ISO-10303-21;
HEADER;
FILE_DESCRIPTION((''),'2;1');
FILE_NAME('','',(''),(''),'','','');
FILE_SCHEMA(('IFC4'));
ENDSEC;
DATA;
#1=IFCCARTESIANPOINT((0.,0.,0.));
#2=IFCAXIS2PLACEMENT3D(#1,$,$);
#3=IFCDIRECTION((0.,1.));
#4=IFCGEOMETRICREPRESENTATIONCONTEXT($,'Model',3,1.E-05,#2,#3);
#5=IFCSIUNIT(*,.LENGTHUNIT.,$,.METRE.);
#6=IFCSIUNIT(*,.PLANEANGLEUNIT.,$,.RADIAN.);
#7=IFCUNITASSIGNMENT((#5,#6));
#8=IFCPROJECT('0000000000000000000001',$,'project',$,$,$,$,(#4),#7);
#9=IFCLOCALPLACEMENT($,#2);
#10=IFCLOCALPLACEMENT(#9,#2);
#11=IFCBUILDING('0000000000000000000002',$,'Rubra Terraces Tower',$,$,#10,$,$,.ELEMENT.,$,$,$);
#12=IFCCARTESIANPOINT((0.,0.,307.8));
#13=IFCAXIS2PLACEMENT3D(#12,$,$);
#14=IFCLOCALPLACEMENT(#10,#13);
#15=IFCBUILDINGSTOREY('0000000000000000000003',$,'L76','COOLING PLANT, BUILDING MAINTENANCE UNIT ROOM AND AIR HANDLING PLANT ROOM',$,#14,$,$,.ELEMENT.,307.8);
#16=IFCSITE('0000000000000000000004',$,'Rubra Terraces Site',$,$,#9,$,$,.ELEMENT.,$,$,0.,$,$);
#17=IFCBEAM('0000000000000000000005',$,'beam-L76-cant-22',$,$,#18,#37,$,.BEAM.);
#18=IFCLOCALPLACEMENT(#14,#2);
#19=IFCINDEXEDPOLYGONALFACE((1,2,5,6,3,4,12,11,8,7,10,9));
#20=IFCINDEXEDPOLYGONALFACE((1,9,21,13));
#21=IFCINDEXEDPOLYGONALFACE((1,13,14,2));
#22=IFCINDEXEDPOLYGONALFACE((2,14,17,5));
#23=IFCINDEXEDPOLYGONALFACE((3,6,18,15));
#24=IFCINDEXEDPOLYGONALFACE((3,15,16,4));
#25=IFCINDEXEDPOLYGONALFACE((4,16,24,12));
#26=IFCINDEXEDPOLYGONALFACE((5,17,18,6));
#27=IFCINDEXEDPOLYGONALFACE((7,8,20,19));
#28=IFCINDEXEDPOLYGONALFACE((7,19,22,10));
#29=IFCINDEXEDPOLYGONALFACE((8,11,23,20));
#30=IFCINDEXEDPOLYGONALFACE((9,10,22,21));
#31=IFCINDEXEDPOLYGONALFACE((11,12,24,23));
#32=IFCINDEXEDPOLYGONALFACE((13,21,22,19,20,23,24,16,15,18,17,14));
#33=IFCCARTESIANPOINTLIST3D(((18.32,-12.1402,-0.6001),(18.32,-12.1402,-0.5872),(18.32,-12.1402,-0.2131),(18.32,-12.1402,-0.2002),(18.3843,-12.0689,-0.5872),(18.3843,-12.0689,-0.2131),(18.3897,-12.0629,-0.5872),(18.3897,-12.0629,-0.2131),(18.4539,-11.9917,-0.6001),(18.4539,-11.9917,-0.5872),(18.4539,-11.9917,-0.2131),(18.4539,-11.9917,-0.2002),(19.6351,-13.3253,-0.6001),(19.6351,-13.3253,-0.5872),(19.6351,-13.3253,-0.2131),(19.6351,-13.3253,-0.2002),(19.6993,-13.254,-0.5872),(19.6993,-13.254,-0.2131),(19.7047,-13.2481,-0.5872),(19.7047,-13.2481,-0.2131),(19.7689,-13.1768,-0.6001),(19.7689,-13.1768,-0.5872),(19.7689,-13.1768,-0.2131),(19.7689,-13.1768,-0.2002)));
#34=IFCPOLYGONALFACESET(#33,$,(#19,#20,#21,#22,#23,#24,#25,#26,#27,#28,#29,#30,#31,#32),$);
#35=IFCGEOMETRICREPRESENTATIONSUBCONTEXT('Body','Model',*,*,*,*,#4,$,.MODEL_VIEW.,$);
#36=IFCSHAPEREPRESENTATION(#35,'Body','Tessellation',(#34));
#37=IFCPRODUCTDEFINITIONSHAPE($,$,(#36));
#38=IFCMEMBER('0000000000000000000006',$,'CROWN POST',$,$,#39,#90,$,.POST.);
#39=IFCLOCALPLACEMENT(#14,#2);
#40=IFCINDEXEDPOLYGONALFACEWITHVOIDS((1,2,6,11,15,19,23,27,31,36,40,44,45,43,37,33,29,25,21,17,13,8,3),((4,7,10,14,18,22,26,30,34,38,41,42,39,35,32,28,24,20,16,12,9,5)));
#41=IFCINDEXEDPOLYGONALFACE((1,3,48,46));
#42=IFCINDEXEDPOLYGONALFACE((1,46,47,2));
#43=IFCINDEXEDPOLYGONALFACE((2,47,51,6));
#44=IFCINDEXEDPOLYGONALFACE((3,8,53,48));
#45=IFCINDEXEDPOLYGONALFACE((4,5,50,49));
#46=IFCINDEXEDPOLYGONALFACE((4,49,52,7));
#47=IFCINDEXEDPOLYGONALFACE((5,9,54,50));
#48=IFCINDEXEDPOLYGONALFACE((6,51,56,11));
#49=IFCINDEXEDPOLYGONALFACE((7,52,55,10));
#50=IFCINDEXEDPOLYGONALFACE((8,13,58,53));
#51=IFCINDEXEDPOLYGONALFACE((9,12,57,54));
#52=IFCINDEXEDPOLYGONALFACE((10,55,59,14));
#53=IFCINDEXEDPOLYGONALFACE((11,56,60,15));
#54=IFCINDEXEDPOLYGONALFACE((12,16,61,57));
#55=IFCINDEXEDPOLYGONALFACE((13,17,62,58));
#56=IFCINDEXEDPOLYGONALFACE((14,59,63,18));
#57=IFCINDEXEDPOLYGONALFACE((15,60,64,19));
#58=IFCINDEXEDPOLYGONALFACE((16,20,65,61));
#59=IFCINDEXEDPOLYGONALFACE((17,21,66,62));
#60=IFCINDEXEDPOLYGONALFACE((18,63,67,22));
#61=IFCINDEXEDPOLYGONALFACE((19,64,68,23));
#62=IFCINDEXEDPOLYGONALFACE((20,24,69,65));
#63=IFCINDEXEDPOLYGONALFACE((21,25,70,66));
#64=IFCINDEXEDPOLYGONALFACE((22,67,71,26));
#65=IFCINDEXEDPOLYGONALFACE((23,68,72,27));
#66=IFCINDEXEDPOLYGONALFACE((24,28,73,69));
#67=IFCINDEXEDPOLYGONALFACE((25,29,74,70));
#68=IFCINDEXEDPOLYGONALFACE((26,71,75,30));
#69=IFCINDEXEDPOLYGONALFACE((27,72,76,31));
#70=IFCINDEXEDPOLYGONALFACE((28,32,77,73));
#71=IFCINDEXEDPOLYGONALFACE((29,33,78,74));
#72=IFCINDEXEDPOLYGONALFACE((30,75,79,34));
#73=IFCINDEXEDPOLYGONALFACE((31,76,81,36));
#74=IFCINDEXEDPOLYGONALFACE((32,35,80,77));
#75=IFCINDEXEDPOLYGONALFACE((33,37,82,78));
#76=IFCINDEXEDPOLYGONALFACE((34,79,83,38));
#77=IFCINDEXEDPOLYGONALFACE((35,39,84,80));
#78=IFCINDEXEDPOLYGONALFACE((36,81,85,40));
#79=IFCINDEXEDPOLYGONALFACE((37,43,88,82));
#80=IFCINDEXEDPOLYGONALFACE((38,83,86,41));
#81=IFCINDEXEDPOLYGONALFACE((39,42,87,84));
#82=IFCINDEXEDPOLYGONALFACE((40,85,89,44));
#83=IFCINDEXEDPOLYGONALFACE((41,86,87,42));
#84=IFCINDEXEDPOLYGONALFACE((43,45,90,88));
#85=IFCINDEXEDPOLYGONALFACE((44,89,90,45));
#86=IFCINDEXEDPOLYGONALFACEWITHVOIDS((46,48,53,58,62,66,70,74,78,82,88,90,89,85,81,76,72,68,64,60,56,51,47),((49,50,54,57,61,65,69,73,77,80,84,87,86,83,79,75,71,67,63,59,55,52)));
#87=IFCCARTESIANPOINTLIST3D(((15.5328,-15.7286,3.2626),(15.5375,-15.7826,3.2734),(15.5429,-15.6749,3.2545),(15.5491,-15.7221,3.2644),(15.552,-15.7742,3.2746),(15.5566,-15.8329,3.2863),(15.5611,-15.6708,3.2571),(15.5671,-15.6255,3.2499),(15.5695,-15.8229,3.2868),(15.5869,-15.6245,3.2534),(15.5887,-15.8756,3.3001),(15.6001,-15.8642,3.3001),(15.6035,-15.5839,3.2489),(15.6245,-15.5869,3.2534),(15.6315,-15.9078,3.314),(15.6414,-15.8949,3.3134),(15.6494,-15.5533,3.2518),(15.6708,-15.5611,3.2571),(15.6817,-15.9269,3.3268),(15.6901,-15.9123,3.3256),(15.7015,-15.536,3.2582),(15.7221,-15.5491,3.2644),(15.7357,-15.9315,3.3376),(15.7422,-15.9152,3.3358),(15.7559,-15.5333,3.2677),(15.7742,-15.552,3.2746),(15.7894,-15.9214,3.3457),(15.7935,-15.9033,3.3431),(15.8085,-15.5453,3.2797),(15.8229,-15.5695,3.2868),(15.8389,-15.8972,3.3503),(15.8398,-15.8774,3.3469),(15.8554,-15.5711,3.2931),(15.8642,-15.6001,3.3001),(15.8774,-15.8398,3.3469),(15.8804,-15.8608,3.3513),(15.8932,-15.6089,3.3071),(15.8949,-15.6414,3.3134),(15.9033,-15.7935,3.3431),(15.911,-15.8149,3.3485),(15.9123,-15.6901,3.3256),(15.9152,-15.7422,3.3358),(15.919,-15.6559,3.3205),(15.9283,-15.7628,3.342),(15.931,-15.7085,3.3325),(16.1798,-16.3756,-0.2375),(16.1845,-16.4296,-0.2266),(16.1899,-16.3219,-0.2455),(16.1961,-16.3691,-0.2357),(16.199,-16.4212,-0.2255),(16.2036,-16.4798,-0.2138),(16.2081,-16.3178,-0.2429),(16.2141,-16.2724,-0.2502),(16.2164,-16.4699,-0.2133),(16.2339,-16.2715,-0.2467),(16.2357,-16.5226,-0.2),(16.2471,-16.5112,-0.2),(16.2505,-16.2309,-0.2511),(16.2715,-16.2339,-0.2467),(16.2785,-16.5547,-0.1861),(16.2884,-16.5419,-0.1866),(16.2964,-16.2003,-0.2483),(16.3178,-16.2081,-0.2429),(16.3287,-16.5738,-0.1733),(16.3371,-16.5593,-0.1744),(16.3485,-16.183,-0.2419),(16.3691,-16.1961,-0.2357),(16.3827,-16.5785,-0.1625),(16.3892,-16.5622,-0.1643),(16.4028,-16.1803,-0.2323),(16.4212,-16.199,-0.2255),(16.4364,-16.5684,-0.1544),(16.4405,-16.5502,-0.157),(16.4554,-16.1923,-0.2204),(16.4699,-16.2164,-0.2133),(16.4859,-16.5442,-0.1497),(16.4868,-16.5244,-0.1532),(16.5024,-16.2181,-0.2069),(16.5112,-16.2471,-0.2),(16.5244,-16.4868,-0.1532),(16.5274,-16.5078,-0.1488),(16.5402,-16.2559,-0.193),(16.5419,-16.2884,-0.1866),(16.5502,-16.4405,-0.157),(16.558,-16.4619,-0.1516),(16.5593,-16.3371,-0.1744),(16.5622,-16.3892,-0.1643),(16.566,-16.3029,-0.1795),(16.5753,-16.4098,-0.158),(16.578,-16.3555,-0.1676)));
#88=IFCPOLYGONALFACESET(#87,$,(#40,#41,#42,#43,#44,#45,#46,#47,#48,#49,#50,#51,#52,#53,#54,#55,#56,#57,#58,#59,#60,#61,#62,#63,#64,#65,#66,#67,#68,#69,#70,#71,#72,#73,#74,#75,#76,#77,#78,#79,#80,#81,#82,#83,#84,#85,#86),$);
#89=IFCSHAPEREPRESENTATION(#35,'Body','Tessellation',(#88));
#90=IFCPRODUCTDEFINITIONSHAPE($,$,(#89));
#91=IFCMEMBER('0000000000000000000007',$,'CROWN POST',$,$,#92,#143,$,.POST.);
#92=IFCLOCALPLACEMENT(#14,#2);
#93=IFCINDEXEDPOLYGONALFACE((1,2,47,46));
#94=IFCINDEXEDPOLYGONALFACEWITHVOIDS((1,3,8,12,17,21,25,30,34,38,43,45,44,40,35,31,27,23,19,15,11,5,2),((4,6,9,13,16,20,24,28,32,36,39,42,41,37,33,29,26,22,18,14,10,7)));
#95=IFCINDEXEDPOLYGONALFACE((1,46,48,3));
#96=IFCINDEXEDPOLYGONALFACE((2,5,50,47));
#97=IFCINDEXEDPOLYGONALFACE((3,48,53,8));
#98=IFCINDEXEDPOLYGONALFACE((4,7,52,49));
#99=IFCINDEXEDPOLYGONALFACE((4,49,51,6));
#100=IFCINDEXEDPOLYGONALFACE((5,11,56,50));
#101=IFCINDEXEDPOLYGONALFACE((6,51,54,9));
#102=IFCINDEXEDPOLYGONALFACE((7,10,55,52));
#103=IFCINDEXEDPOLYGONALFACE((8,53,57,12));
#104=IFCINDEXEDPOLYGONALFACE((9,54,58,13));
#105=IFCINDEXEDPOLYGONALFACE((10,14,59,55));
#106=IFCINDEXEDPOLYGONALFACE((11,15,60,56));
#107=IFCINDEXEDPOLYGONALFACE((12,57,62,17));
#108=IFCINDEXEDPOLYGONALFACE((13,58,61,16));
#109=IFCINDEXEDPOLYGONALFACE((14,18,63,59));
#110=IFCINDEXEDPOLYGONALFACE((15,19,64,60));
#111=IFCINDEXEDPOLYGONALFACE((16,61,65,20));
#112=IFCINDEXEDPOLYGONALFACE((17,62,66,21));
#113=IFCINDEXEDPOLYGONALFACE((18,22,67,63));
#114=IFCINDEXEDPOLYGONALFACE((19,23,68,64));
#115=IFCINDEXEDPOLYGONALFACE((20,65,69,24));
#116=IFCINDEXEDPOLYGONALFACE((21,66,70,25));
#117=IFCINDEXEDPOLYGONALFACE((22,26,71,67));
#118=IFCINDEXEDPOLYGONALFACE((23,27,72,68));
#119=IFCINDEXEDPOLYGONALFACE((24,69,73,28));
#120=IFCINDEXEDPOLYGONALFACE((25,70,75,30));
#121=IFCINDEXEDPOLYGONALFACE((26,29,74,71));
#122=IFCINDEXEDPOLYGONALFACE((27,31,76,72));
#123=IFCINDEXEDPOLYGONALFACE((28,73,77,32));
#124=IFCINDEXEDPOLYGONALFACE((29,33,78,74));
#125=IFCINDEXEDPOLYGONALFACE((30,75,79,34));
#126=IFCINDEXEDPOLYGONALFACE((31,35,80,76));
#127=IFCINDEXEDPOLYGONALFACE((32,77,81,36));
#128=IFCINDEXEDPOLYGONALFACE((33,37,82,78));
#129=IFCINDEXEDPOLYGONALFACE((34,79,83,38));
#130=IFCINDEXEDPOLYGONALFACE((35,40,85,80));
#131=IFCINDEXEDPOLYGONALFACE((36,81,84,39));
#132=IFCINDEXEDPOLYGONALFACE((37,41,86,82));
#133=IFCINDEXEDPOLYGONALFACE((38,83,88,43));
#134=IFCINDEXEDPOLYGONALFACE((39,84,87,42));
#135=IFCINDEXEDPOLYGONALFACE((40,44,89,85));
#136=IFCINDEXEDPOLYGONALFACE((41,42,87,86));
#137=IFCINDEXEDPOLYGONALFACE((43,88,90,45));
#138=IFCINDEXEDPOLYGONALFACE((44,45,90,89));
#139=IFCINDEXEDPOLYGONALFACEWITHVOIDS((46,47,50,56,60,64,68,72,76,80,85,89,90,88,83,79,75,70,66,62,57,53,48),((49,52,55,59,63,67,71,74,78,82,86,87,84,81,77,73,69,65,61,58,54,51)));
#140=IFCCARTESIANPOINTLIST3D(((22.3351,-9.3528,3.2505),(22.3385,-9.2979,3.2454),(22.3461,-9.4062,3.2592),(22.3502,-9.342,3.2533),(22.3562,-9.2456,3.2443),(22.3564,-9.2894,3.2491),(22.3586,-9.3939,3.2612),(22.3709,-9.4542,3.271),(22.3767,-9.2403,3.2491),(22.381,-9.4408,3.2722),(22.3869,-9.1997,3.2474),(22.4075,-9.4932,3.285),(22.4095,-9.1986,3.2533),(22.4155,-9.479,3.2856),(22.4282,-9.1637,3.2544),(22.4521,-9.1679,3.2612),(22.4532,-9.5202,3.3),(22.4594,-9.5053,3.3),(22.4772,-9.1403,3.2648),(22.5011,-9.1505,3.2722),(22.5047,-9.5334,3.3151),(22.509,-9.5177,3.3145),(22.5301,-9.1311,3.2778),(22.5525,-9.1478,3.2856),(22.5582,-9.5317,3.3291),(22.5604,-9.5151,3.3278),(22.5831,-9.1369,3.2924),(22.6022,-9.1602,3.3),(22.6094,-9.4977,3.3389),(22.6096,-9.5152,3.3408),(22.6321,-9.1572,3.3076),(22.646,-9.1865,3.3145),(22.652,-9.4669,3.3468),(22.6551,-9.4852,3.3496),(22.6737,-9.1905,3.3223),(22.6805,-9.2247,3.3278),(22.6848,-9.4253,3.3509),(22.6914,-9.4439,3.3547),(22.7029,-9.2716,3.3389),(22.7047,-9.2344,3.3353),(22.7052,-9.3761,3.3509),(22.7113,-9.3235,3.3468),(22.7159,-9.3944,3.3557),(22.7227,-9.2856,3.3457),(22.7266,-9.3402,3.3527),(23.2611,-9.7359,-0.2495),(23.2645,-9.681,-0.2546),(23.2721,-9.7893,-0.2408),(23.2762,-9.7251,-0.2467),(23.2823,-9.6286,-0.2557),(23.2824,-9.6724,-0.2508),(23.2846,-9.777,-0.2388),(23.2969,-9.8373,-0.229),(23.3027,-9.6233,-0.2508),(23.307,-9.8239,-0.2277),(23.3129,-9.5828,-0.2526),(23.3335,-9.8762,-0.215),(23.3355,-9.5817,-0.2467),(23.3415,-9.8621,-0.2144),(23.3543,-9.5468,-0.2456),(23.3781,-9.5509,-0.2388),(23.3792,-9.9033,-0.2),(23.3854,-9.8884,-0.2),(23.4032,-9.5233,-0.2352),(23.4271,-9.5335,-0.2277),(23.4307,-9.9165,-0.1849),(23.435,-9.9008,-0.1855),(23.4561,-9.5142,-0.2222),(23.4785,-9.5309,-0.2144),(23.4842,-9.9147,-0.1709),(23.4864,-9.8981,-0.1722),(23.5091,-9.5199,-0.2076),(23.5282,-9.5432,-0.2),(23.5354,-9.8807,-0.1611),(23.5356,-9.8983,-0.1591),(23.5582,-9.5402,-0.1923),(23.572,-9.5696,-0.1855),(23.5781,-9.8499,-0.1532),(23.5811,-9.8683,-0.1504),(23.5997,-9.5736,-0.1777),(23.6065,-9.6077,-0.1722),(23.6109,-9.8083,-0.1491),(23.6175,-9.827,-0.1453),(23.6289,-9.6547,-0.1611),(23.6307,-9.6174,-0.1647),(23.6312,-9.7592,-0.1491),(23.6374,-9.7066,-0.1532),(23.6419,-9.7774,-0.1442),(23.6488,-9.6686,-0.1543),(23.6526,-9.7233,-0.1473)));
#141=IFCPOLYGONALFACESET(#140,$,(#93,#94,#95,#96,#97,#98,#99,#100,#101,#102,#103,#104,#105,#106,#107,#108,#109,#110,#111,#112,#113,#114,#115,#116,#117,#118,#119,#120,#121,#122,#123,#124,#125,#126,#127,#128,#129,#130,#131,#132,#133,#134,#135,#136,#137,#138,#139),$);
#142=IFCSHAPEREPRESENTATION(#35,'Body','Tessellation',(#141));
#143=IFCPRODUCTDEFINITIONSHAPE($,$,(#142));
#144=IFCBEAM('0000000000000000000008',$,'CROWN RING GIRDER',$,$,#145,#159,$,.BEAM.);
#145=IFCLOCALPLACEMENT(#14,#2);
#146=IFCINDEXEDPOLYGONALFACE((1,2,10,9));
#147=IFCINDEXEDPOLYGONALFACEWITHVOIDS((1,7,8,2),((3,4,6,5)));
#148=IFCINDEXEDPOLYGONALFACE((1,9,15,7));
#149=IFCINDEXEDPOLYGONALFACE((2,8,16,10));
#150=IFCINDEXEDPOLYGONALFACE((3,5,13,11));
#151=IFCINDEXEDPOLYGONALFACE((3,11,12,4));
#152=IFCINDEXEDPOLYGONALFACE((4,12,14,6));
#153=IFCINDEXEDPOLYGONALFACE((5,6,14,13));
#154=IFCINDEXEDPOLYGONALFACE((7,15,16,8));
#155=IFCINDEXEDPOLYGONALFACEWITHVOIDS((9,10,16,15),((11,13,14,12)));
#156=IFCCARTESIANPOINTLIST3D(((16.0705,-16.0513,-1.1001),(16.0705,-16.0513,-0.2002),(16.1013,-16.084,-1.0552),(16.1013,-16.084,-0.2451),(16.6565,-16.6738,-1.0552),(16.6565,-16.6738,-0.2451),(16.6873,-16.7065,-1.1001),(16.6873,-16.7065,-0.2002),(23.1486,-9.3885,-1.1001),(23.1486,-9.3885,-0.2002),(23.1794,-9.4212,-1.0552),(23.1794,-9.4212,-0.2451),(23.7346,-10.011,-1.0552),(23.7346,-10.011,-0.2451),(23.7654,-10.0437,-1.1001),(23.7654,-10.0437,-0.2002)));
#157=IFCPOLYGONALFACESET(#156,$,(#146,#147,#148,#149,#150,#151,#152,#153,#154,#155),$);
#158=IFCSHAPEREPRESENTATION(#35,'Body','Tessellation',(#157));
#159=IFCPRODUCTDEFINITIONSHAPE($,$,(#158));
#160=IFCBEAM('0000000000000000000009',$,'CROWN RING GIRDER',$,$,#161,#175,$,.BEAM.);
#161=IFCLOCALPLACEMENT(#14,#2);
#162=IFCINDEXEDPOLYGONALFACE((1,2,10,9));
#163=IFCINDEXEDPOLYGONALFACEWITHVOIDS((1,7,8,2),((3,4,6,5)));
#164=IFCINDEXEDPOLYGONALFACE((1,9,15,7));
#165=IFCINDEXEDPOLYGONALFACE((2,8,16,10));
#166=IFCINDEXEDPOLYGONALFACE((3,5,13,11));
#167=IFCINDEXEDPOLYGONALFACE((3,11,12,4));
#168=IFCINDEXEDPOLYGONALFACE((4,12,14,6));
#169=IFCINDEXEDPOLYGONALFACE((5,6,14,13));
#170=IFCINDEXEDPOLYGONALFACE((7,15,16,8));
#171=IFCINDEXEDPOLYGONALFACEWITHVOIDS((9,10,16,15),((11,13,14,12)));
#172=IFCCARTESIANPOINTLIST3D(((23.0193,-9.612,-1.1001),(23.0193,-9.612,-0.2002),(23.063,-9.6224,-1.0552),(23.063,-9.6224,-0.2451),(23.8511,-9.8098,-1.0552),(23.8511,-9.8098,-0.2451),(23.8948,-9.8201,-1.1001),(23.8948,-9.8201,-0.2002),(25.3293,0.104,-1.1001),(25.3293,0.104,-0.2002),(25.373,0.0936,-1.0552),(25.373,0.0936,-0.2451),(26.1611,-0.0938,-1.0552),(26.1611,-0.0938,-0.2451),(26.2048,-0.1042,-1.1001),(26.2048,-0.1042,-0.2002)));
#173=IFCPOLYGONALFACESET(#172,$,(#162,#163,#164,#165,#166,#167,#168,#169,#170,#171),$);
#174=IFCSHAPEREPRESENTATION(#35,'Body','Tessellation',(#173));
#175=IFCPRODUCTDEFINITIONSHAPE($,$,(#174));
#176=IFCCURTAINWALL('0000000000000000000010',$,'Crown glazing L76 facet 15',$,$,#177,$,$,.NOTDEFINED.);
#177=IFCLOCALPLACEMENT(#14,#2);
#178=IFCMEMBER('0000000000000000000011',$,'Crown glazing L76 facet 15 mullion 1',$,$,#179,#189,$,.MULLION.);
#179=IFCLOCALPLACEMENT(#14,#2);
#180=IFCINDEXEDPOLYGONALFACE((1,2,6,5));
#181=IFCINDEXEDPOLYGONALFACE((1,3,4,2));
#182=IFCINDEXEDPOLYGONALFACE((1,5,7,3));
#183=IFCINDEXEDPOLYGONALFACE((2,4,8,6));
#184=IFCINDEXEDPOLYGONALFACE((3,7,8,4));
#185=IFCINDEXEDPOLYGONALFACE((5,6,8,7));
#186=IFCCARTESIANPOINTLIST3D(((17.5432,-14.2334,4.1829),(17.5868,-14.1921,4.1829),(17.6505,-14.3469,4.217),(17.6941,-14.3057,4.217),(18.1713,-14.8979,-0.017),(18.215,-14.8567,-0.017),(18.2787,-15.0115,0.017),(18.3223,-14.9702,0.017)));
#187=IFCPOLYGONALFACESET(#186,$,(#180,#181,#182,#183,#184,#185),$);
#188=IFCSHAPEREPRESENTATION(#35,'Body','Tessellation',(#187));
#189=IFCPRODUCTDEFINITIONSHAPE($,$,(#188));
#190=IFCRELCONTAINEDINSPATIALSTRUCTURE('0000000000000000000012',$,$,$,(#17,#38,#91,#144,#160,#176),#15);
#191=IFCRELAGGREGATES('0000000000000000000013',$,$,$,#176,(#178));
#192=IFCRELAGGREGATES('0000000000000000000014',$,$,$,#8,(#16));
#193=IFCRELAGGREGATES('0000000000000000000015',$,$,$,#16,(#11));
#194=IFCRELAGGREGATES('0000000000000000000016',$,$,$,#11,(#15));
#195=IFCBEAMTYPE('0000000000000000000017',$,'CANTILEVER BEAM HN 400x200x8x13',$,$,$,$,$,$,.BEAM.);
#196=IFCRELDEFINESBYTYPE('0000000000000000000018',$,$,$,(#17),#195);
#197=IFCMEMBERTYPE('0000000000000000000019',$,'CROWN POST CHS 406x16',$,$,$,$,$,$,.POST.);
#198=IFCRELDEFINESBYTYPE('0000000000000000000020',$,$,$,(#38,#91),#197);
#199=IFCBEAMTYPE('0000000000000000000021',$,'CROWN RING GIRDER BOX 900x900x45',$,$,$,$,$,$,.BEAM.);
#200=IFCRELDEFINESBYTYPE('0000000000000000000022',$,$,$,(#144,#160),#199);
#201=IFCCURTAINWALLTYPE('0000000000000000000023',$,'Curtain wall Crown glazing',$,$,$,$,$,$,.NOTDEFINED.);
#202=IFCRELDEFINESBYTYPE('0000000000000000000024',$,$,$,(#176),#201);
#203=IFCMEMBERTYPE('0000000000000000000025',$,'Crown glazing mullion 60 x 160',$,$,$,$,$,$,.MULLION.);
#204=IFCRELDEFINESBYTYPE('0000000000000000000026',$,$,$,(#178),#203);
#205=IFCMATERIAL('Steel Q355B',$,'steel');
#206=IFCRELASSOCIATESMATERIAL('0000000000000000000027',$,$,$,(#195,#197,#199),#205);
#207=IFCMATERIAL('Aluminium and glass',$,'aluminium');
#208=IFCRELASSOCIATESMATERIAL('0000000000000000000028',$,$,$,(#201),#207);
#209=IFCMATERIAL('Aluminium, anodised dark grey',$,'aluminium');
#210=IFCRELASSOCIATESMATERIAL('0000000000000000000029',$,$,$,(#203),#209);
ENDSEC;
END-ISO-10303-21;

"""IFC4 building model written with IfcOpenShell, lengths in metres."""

from ifc_helpers import new_model, si_unit, direction, frame, origin, origin_2d, place, context, subcontext, project, spatial, rectangle, hollow_rectangle, hollow_circle, i_section, extrude, material, material_profile, profile_set, type_object, element, aggregate, save


model = new_model("IFC4")

# Units and contexts
model_context = context("Model", 3, precision=1e-05, world=origin(), true_north=direction((0.0, 1.0)))
body_context = subcontext(model_context, "Body", "Model", "MODEL_VIEW")
ifc_project = project(units=[si_unit("LENGTHUNIT", "METRE"), si_unit("PLANEANGLEUNIT", "RADIAN")], contexts=[model_context])

# Site, building, storey
site_placement = place(None, origin())
site = spatial("IfcSite", under=ifc_project, at=site_placement, Name="Rubra Terraces Site", CompositionType="ELEMENT", RefElevation=0.0)
building_placement = place(site_placement, origin())
building = spatial("IfcBuilding", under=site, at=building_placement, Name="Rubra Terraces Tower", CompositionType="ELEMENT")
storey_placement = place(building_placement, frame((0.0, 0.0, 307.8)))
storey = spatial("IfcBuildingStorey", under=building, at=storey_placement, Name="L76", Description="COOLING PLANT, BUILDING MAINTENANCE UNIT ROOM AND AIR HANDLING PLANT ROOM", CompositionType="ELEMENT", Elevation=307.8)

# Beam
ifc_material_1 = material(Name="Steel Q355B", Category="steel")
ifc_material_profile_1 = material_profile(ifc_material_1, i_section(OverallWidth=0.2, OverallDepth=0.3999, WebThickness=0.0081, FlangeThickness=0.0129, at=origin_2d()), Name="HN 400x200x8x13")
ifc_profile_set_1 = profile_set([ifc_material_profile_1], Name="Steel Q355B")
beam_type_1 = type_object("IfcBeamType", Name="CANTILEVER BEAM HN 400x200x8x13", PredefinedType="BEAM", material=ifc_profile_set_1)
beam_1_placement = place(storey_placement, frame((18.387, -12.0659, -0.4001), z_axis=(0.742841, -0.669467, 0.0), x_axis=(0.669467, 0.742841, 0.0)))
element("IfcBeam", 1, at=beam_1_placement, inside=storey, type_object=beam_type_1, Name="beam-L76-cant-22", PredefinedType="BEAM", context=body_context, shape_type="SweptSolid", body=[
    extrude(i_section(OverallWidth=0.2, OverallDepth=0.3999, WebThickness=0.0081, FlangeThickness=0.0129, at=origin_2d()), origin(), (0.0, 0.0, 1.0), 1.7703),
])

# Members
ifc_material_profile_2 = material_profile(ifc_material_1, hollow_circle(Radius=0.2029, WallThickness=0.0161, at=origin_2d()), Name="CHS 406x16")
ifc_profile_set_2 = profile_set([ifc_material_profile_2], Name="Steel Q355B")
member_type_1 = type_object("IfcMemberType", Name="CROWN POST CHS 406x16", PredefinedType="POST", material=ifc_profile_set_2)
member_1_placement = place(storey_placement, frame((16.3792, -16.3792, -0.2), z_axis=(-0.178839, 0.178839, 0.967488), x_axis=(-0.707107, -0.707107, 0.0)))
element("IfcMember", 2, at=member_1_placement, inside=storey, type_object=member_type_1, Name="CROWN POST", PredefinedType="POST", context=body_context, shape_type="SweptSolid", body=[
    extrude(hollow_circle(Radius=0.2029, WallThickness=0.0161, at=origin_2d()), origin(), (0.0, 0.0, 1.0), 3.6177),
])
member_2_placement = place(storey_placement, frame((23.4568, -9.7158, -0.2), z_axis=(-0.254358, 0.105217, 0.96137), x_axis=(-0.382244, -0.924061, 0.0)))
element("IfcMember", 3, at=member_2_placement, inside=storey, type_object=member_type_1, Name="CROWN POST", PredefinedType="POST", context=body_context, shape_type="SweptSolid", body=[
    extrude(hollow_circle(Radius=0.2029, WallThickness=0.0161, at=origin_2d()), origin(), (0.0, 0.0, 1.0), 3.6406),
])

# Beams
ifc_material_profile_3 = material_profile(ifc_material_1, hollow_rectangle(XDim=0.8999, YDim=0.8999, WallThickness=0.0449, at=origin_2d()), Name="BOX 900x900x45")
ifc_profile_set_3 = profile_set([ifc_material_profile_3], Name="Steel Q355B")
beam_type_2 = type_object("IfcBeamType", Name="CROWN RING GIRDER BOX 900x900x45", PredefinedType="BEAM", material=ifc_profile_set_3)
beam_2_placement = place(storey_placement, frame((16.3789, -16.3789, -0.6501), z_axis=(0.728145, 0.685423, 0.0), x_axis=(-0.685423, 0.728145, 0.0)))
element("IfcBeam", 4, at=beam_2_placement, inside=storey, type_object=beam_type_2, Name="CROWN RING GIRDER", PredefinedType="BEAM", context=body_context, shape_type="SweptSolid", body=[
    extrude(hollow_rectangle(XDim=0.8999, YDim=0.8999, WallThickness=0.0449, at=origin_2d()), origin(), (0.0, 0.0, 1.0), 9.7207),
])
beam_3_placement = place(storey_placement, frame((23.457, -9.7161, -0.6501), z_axis=(0.231309, 0.97288, 0.0), x_axis=(-0.97288, 0.231309, 0.0)))
element("IfcBeam", 5, at=beam_3_placement, inside=storey, type_object=beam_type_2, Name="CROWN RING GIRDER", PredefinedType="BEAM", context=body_context, shape_type="SweptSolid", body=[
    extrude(hollow_rectangle(XDim=0.8999, YDim=0.8999, WallThickness=0.0449, at=origin_2d()), origin(), (0.0, 0.0, 1.0), 9.9868),
])

# Curtain wall, member
ifc_material_2 = material(Name="Aluminium and glass", Category="aluminium")
curtain_wall_type = type_object("IfcCurtainWallType", Name="Curtain wall Crown glazing", PredefinedType="NOTDEFINED", material=ifc_material_2)
curtain_wall_1_placement = place(storey_placement, origin())
curtain_wall_1 = element("IfcCurtainWall", 6, at=curtain_wall_1_placement, inside=storey, type_object=curtain_wall_type, Name="Crown glazing L76 facet 15", PredefinedType="NOTDEFINED")
ifc_material_3 = material(Name="Aluminium, anodised dark grey", Category="aluminium")
ifc_material_profile_4 = material_profile(ifc_material_3, rectangle(XDim=0.0601, YDim=0.1599, at=origin_2d()), Name="AL 60x160")
ifc_profile_set_4 = profile_set([ifc_material_profile_4], Name="Aluminium, anodised dark grey")
member_type_2 = type_object("IfcMemberType", Name="Crown glazing mullion 60 x 160", PredefinedType="MULLION", material=ifc_profile_set_4)
member_3_placement = place(storey_placement, frame((18.2468, -14.9341, 0.0), z_axis=(-0.146143, 0.154606, 0.977108), x_axis=(-0.726717, -0.686937, 0.0)))
member_3 = element("IfcMember", 7, at=member_3_placement, type_object=member_type_2, Name="Crown glazing L76 facet 15 mullion 1", PredefinedType="MULLION", context=body_context, shape_type="SweptSolid", body=[
    extrude(rectangle(XDim=0.0601, YDim=0.1599, at=origin_2d()), origin(), (0.0, 0.0, 1.0), 4.2983),
])

aggregate(curtain_wall_1, [member_3])

save(model, "model.ifc")
